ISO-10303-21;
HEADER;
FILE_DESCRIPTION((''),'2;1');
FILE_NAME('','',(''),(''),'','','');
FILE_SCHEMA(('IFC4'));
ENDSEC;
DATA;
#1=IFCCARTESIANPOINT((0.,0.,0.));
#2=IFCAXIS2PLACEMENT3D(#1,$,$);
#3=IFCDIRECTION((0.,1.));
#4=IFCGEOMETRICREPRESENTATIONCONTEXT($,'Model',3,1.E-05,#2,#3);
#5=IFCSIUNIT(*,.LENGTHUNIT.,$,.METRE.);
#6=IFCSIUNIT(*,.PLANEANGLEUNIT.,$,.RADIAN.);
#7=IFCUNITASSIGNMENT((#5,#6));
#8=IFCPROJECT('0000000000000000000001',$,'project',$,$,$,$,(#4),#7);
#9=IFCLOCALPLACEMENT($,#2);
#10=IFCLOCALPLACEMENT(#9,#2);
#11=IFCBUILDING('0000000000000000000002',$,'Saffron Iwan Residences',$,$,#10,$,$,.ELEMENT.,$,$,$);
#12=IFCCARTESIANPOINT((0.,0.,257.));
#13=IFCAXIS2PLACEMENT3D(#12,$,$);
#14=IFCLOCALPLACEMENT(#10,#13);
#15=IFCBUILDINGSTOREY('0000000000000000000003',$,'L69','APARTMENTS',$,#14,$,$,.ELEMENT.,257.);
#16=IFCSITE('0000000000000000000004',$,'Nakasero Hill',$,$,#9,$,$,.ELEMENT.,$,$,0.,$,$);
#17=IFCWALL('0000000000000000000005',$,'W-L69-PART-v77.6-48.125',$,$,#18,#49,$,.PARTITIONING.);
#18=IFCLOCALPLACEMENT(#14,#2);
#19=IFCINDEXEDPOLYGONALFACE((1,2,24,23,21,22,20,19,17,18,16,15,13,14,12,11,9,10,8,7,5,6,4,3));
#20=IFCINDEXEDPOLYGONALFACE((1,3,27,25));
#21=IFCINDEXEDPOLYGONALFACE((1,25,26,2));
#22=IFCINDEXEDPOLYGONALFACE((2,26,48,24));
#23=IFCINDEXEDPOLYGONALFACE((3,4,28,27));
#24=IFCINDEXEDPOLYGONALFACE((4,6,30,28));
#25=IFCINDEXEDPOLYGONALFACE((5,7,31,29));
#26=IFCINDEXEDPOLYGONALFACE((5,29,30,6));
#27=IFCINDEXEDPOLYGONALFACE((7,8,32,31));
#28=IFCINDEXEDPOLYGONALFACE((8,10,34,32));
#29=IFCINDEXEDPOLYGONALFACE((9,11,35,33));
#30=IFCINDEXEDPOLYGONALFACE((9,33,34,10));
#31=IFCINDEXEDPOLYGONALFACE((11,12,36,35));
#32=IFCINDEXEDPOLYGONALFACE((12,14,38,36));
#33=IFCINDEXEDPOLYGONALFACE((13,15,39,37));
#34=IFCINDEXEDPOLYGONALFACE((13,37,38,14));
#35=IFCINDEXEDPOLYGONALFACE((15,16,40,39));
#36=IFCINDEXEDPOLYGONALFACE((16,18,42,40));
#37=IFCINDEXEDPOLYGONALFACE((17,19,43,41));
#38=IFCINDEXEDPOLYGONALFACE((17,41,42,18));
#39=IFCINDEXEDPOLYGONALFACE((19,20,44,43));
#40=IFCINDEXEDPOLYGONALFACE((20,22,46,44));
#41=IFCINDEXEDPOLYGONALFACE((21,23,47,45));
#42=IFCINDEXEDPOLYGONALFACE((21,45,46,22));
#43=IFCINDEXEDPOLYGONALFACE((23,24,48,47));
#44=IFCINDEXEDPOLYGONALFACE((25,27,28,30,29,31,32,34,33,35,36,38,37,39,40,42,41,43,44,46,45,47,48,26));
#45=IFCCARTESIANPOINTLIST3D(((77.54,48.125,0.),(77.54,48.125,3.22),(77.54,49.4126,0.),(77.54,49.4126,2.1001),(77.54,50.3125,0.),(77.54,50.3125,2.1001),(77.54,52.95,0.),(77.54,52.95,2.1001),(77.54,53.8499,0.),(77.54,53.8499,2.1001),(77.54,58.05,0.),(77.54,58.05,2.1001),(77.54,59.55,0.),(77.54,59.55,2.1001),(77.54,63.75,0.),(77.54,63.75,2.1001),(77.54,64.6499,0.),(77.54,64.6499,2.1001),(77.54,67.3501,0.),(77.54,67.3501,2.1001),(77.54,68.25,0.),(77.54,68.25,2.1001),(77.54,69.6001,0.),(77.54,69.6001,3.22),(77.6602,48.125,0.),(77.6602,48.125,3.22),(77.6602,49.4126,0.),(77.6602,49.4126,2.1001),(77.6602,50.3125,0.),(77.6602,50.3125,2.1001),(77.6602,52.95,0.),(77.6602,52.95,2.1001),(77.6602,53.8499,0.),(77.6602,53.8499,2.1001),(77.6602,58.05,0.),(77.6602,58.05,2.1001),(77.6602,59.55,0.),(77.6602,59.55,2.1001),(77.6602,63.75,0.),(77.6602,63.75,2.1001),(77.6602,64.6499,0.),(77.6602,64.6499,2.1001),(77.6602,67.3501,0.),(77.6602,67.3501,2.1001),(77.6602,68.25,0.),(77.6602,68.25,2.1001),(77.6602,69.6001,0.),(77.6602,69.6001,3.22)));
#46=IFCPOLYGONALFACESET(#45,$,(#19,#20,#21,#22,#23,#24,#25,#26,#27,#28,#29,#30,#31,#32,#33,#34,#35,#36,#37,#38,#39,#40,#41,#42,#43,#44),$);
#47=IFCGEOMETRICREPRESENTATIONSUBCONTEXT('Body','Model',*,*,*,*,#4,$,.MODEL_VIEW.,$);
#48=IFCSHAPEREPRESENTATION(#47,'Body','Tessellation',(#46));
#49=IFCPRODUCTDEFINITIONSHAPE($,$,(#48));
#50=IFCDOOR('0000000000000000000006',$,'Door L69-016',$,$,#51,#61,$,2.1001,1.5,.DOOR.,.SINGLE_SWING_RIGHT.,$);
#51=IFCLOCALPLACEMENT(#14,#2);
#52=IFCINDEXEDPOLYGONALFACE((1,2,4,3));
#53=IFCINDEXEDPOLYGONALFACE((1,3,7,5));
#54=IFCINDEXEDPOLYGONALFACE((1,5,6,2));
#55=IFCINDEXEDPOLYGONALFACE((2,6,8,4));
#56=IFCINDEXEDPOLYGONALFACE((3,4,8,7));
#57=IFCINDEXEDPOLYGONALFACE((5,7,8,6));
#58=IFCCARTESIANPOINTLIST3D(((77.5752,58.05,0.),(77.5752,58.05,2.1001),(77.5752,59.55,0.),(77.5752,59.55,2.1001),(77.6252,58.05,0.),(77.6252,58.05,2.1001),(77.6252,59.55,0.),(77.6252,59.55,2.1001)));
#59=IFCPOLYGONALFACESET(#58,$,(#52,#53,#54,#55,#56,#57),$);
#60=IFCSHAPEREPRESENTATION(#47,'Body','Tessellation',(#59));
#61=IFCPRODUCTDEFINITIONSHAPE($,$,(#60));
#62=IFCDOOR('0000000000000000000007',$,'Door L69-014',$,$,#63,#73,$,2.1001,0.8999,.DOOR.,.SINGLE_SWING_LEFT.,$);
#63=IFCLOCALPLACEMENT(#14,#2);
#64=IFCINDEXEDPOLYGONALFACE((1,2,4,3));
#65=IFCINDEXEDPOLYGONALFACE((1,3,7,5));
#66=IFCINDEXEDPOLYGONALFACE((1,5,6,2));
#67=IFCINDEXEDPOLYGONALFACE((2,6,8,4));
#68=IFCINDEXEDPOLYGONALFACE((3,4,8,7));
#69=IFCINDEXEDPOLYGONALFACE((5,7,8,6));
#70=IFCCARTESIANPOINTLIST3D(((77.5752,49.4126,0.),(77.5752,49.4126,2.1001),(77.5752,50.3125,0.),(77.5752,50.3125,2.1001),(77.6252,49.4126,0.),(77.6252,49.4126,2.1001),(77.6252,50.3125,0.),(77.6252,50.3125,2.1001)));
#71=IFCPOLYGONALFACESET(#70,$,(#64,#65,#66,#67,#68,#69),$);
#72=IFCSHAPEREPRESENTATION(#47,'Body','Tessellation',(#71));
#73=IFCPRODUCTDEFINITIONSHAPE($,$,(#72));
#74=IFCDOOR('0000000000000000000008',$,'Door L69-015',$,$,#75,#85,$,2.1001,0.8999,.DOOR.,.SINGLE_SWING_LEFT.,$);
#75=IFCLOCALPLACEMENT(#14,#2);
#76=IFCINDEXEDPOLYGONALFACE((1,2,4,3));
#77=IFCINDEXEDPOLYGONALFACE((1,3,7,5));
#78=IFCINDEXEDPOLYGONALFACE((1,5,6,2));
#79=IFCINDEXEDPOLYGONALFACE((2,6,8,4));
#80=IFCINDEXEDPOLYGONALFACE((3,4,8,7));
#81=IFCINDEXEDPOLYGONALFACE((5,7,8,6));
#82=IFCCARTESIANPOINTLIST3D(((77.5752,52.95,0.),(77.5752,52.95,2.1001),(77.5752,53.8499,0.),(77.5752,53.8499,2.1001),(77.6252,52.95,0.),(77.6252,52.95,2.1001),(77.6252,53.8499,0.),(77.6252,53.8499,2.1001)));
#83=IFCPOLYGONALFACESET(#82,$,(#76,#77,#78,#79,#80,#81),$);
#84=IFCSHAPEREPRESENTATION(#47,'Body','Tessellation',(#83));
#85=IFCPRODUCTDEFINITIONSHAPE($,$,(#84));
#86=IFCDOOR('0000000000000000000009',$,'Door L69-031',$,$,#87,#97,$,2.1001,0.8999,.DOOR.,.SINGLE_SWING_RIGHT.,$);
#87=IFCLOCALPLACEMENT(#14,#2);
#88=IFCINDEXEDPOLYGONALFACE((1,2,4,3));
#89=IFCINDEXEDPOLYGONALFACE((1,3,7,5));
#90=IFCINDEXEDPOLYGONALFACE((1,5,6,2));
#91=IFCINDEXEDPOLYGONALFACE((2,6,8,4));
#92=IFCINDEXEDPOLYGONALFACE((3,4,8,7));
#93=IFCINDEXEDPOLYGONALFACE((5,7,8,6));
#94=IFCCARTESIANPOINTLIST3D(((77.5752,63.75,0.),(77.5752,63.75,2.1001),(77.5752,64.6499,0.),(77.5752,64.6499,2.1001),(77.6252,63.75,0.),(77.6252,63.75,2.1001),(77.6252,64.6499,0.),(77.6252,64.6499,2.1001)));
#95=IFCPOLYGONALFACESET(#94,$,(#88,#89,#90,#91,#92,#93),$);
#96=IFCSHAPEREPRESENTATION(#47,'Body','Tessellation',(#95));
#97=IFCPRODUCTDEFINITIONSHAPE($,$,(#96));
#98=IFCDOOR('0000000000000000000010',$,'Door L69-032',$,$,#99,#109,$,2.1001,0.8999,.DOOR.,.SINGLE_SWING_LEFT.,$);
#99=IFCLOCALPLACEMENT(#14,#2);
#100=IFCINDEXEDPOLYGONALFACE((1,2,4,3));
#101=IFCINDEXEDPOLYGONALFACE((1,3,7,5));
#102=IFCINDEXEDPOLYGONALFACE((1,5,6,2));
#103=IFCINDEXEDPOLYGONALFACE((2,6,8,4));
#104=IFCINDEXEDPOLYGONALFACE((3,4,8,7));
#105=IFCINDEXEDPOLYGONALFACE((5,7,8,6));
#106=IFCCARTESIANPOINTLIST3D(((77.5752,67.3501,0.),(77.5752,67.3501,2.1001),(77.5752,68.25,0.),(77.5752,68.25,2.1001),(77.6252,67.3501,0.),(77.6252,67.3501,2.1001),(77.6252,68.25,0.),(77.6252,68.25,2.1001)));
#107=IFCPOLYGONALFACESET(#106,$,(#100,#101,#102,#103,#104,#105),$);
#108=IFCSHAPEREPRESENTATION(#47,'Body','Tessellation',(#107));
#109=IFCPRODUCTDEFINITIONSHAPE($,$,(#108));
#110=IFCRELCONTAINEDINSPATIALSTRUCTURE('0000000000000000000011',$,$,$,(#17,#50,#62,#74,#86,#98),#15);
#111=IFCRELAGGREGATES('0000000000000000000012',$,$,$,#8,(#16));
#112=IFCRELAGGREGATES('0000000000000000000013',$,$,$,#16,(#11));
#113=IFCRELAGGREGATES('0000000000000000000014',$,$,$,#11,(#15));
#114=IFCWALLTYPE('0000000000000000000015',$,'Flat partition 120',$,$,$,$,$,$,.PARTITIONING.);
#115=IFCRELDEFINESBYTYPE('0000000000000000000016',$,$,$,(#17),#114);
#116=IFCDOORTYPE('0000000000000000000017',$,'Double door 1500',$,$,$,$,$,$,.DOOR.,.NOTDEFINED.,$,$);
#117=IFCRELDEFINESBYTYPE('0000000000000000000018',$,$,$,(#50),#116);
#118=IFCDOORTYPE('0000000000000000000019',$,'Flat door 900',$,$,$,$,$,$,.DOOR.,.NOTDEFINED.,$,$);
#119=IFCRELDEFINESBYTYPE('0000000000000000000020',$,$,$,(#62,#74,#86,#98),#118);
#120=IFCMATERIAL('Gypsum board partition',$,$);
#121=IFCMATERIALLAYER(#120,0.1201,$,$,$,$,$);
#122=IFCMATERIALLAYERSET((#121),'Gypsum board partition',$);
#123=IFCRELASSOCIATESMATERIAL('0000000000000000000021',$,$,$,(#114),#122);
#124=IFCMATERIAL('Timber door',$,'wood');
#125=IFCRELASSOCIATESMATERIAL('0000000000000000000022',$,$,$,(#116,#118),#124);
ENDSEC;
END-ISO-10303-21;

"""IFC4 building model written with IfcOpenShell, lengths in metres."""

from ifc_helpers import new_model, si_unit, direction, frame, frame_2d, origin, place, context, subcontext, project, spatial, rectangle, extrude, material, layer, layer_set, type_object, element, fill, save


model = new_model("IFC4")

# Units and contexts
model_context = context("Model", 3, precision=1e-05, world=origin(), true_north=direction((0.0, 1.0)))
body_context = subcontext(model_context, "Body", "Model", "MODEL_VIEW")
ifc_project = project(units=[si_unit("LENGTHUNIT", "METRE"), si_unit("PLANEANGLEUNIT", "RADIAN")], contexts=[model_context])

# Site, building, storey
site_placement = place(None, origin())
site = spatial("IfcSite", under=ifc_project, at=site_placement, Name="Nakasero Hill", CompositionType="ELEMENT", RefElevation=0.0)
building_placement = place(site_placement, origin())
building = spatial("IfcBuilding", under=site, at=building_placement, Name="Saffron Iwan Residences", CompositionType="ELEMENT")
storey_placement = place(building_placement, frame((0.0, 0.0, 257.0)))
storey = spatial("IfcBuildingStorey", under=building, at=storey_placement, Name="L69", Description="APARTMENTS", CompositionType="ELEMENT", Elevation=257.0)

# Shared definitions
ifc_material_1 = material(Name="Gypsum board partition")
ifc_layer_1 = layer(ifc_material_1, 0.1201)
ifc_layer_set_1 = layer_set([ifc_layer_1], Name="Gypsum board partition")
wall_type_1 = type_object("IfcWallType", Name="Flat partition 120", PredefinedType="PARTITIONING", material=ifc_layer_set_1)

# Wall, openings, doors
wall_1_placement = place(storey_placement, frame((77.6001, 48.125, 0.0), z_axis=(0.0, 0.0, 1.0), x_axis=(0.0, 1.0, 0.0)))
wall_1 = element("IfcWall", 1, at=wall_1_placement, inside=storey, type_object=wall_type_1, Name="W-L69-PART-v77.6-48.125", PredefinedType="PARTITIONING", context=body_context, shape_type="SweptSolid", body=[
    extrude(rectangle(XDim=21.4751, YDim=0.1201, at=frame_2d((10.7375, 0.0))), origin(), (0.0, 0.0, 1.0), 3.22),
])
opening_1_placement = place(wall_1_placement, frame((1.2876, 0.0, 0.0)))
opening_1 = element("IfcOpeningElement", 2, at=opening_1_placement, cuts=wall_1, PredefinedType="OPENING", context=body_context, shape_type="SweptSolid", body=[
    extrude(rectangle(XDim=0.8999, YDim=2.1001, at=frame_2d((0.45, 1.05))), frame((0.0, 0.0701, 0.0), z_axis=(0.0, -1.0, 0.0), x_axis=(1.0, 0.0, 0.0)), (0.0, 0.0, 1.0), 0.1401),
])
opening_2_placement = place(wall_1_placement, frame((4.825, 0.0, 0.0)))
opening_2 = element("IfcOpeningElement", 3, at=opening_2_placement, cuts=wall_1, PredefinedType="OPENING", context=body_context, shape_type="SweptSolid", body=[
    extrude(rectangle(XDim=0.8999, YDim=2.1001, at=frame_2d((0.45, 1.05))), frame((0.0, 0.0701, 0.0), z_axis=(0.0, -1.0, 0.0), x_axis=(1.0, 0.0, 0.0)), (0.0, 0.0, 1.0), 0.1401),
])
opening_3_placement = place(wall_1_placement, frame((9.925, 0.0, 0.0)))
opening_3 = element("IfcOpeningElement", 4, at=opening_3_placement, cuts=wall_1, PredefinedType="OPENING", context=body_context, shape_type="SweptSolid", body=[
    extrude(rectangle(XDim=1.5, YDim=2.1001, at=frame_2d((0.75, 1.05))), frame((0.0, 0.0701, 0.0), z_axis=(0.0, -1.0, 0.0), x_axis=(1.0, 0.0, 0.0)), (0.0, 0.0, 1.0), 0.1401),
])
opening_4_placement = place(wall_1_placement, frame((15.625, 0.0, 0.0)))
opening_4 = element("IfcOpeningElement", 5, at=opening_4_placement, cuts=wall_1, PredefinedType="OPENING", context=body_context, shape_type="SweptSolid", body=[
    extrude(rectangle(XDim=0.8999, YDim=2.1001, at=frame_2d((0.45, 1.05))), frame((0.0, 0.0701, 0.0), z_axis=(0.0, -1.0, 0.0), x_axis=(1.0, 0.0, 0.0)), (0.0, 0.0, 1.0), 0.1401),
])
opening_5_placement = place(wall_1_placement, frame((19.2251, 0.0, 0.0)))
opening_5 = element("IfcOpeningElement", 6, at=opening_5_placement, cuts=wall_1, PredefinedType="OPENING", context=body_context, shape_type="SweptSolid", body=[
    extrude(rectangle(XDim=0.8999, YDim=2.1001, at=frame_2d((0.45, 1.05))), frame((0.0, 0.0701, 0.0), z_axis=(0.0, -1.0, 0.0), x_axis=(1.0, 0.0, 0.0)), (0.0, 0.0, 1.0), 0.1401),
])
ifc_material_2 = material(Name="Timber door", Category="wood")
door_type_1 = type_object("IfcDoorType", Name="Double door 1500", OperationType="NOTDEFINED", PredefinedType="DOOR", material=ifc_material_2)
door_1_placement = place(opening_3_placement, origin())
door_1 = element("IfcDoor", 7, at=door_1_placement, inside=storey, type_object=door_type_1, Name="Door L69-016", OperationType="SINGLE_SWING_RIGHT", OverallHeight=2.1001, OverallWidth=1.5, PredefinedType="DOOR", context=body_context, shape_type="SweptSolid", body=[
    extrude(rectangle(XDim=1.5, YDim=2.1001, at=frame_2d((0.75, 1.05))), frame((0.0, 0.0249, 0.0), z_axis=(0.0, -1.0, 0.0), x_axis=(1.0, 0.0, 0.0)), (0.0, 0.0, 1.0), 0.05),
])
fill(opening_3, door_1)
door_type_2 = type_object("IfcDoorType", Name="Flat door 900", OperationType="NOTDEFINED", PredefinedType="DOOR", material=ifc_material_2)
door_2_placement = place(opening_1_placement, origin())
door_2 = element("IfcDoor", 8, at=door_2_placement, inside=storey, type_object=door_type_2, Name="Door L69-014", OperationType="SINGLE_SWING_LEFT", OverallHeight=2.1001, OverallWidth=0.8999, PredefinedType="DOOR", context=body_context, shape_type="SweptSolid", body=[
    extrude(rectangle(XDim=0.8999, YDim=2.1001, at=frame_2d((0.45, 1.05))), frame((0.0, 0.0249, 0.0), z_axis=(0.0, -1.0, 0.0), x_axis=(1.0, 0.0, 0.0)), (0.0, 0.0, 1.0), 0.05),
])
fill(opening_1, door_2)
door_3_placement = place(opening_2_placement, origin())
door_3 = element("IfcDoor", 9, at=door_3_placement, inside=storey, type_object=door_type_2, Name="Door L69-015", OperationType="SINGLE_SWING_LEFT", OverallHeight=2.1001, OverallWidth=0.8999, PredefinedType="DOOR", context=body_context, shape_type="SweptSolid", body=[
    extrude(rectangle(XDim=0.8999, YDim=2.1001, at=frame_2d((0.45, 1.05))), frame((0.0, 0.0249, 0.0), z_axis=(0.0, -1.0, 0.0), x_axis=(1.0, 0.0, 0.0)), (0.0, 0.0, 1.0), 0.05),
])
fill(opening_2, door_3)
door_4_placement = place(opening_4_placement, origin())
door_4 = element("IfcDoor", 10, at=door_4_placement, inside=storey, type_object=door_type_2, Name="Door L69-031", OperationType="SINGLE_SWING_RIGHT", OverallHeight=2.1001, OverallWidth=0.8999, PredefinedType="DOOR", context=body_context, shape_type="SweptSolid", body=[
    extrude(rectangle(XDim=0.8999, YDim=2.1001, at=frame_2d((0.45, 1.05))), frame((0.0, 0.0249, 0.0), z_axis=(0.0, -1.0, 0.0), x_axis=(1.0, 0.0, 0.0)), (0.0, 0.0, 1.0), 0.05),
])
fill(opening_4, door_4)
door_5_placement = place(opening_5_placement, origin())
door_5 = element("IfcDoor", 11, at=door_5_placement, inside=storey, type_object=door_type_2, Name="Door L69-032", OperationType="SINGLE_SWING_LEFT", OverallHeight=2.1001, OverallWidth=0.8999, PredefinedType="DOOR", context=body_context, shape_type="SweptSolid", body=[
    extrude(rectangle(XDim=0.8999, YDim=2.1001, at=frame_2d((0.45, 1.05))), frame((0.0, 0.0249, 0.0), z_axis=(0.0, -1.0, 0.0), x_axis=(1.0, 0.0, 0.0)), (0.0, 0.0, 1.0), 0.05),
])
fill(opening_5, door_5)

save(model, "model.ifc")
